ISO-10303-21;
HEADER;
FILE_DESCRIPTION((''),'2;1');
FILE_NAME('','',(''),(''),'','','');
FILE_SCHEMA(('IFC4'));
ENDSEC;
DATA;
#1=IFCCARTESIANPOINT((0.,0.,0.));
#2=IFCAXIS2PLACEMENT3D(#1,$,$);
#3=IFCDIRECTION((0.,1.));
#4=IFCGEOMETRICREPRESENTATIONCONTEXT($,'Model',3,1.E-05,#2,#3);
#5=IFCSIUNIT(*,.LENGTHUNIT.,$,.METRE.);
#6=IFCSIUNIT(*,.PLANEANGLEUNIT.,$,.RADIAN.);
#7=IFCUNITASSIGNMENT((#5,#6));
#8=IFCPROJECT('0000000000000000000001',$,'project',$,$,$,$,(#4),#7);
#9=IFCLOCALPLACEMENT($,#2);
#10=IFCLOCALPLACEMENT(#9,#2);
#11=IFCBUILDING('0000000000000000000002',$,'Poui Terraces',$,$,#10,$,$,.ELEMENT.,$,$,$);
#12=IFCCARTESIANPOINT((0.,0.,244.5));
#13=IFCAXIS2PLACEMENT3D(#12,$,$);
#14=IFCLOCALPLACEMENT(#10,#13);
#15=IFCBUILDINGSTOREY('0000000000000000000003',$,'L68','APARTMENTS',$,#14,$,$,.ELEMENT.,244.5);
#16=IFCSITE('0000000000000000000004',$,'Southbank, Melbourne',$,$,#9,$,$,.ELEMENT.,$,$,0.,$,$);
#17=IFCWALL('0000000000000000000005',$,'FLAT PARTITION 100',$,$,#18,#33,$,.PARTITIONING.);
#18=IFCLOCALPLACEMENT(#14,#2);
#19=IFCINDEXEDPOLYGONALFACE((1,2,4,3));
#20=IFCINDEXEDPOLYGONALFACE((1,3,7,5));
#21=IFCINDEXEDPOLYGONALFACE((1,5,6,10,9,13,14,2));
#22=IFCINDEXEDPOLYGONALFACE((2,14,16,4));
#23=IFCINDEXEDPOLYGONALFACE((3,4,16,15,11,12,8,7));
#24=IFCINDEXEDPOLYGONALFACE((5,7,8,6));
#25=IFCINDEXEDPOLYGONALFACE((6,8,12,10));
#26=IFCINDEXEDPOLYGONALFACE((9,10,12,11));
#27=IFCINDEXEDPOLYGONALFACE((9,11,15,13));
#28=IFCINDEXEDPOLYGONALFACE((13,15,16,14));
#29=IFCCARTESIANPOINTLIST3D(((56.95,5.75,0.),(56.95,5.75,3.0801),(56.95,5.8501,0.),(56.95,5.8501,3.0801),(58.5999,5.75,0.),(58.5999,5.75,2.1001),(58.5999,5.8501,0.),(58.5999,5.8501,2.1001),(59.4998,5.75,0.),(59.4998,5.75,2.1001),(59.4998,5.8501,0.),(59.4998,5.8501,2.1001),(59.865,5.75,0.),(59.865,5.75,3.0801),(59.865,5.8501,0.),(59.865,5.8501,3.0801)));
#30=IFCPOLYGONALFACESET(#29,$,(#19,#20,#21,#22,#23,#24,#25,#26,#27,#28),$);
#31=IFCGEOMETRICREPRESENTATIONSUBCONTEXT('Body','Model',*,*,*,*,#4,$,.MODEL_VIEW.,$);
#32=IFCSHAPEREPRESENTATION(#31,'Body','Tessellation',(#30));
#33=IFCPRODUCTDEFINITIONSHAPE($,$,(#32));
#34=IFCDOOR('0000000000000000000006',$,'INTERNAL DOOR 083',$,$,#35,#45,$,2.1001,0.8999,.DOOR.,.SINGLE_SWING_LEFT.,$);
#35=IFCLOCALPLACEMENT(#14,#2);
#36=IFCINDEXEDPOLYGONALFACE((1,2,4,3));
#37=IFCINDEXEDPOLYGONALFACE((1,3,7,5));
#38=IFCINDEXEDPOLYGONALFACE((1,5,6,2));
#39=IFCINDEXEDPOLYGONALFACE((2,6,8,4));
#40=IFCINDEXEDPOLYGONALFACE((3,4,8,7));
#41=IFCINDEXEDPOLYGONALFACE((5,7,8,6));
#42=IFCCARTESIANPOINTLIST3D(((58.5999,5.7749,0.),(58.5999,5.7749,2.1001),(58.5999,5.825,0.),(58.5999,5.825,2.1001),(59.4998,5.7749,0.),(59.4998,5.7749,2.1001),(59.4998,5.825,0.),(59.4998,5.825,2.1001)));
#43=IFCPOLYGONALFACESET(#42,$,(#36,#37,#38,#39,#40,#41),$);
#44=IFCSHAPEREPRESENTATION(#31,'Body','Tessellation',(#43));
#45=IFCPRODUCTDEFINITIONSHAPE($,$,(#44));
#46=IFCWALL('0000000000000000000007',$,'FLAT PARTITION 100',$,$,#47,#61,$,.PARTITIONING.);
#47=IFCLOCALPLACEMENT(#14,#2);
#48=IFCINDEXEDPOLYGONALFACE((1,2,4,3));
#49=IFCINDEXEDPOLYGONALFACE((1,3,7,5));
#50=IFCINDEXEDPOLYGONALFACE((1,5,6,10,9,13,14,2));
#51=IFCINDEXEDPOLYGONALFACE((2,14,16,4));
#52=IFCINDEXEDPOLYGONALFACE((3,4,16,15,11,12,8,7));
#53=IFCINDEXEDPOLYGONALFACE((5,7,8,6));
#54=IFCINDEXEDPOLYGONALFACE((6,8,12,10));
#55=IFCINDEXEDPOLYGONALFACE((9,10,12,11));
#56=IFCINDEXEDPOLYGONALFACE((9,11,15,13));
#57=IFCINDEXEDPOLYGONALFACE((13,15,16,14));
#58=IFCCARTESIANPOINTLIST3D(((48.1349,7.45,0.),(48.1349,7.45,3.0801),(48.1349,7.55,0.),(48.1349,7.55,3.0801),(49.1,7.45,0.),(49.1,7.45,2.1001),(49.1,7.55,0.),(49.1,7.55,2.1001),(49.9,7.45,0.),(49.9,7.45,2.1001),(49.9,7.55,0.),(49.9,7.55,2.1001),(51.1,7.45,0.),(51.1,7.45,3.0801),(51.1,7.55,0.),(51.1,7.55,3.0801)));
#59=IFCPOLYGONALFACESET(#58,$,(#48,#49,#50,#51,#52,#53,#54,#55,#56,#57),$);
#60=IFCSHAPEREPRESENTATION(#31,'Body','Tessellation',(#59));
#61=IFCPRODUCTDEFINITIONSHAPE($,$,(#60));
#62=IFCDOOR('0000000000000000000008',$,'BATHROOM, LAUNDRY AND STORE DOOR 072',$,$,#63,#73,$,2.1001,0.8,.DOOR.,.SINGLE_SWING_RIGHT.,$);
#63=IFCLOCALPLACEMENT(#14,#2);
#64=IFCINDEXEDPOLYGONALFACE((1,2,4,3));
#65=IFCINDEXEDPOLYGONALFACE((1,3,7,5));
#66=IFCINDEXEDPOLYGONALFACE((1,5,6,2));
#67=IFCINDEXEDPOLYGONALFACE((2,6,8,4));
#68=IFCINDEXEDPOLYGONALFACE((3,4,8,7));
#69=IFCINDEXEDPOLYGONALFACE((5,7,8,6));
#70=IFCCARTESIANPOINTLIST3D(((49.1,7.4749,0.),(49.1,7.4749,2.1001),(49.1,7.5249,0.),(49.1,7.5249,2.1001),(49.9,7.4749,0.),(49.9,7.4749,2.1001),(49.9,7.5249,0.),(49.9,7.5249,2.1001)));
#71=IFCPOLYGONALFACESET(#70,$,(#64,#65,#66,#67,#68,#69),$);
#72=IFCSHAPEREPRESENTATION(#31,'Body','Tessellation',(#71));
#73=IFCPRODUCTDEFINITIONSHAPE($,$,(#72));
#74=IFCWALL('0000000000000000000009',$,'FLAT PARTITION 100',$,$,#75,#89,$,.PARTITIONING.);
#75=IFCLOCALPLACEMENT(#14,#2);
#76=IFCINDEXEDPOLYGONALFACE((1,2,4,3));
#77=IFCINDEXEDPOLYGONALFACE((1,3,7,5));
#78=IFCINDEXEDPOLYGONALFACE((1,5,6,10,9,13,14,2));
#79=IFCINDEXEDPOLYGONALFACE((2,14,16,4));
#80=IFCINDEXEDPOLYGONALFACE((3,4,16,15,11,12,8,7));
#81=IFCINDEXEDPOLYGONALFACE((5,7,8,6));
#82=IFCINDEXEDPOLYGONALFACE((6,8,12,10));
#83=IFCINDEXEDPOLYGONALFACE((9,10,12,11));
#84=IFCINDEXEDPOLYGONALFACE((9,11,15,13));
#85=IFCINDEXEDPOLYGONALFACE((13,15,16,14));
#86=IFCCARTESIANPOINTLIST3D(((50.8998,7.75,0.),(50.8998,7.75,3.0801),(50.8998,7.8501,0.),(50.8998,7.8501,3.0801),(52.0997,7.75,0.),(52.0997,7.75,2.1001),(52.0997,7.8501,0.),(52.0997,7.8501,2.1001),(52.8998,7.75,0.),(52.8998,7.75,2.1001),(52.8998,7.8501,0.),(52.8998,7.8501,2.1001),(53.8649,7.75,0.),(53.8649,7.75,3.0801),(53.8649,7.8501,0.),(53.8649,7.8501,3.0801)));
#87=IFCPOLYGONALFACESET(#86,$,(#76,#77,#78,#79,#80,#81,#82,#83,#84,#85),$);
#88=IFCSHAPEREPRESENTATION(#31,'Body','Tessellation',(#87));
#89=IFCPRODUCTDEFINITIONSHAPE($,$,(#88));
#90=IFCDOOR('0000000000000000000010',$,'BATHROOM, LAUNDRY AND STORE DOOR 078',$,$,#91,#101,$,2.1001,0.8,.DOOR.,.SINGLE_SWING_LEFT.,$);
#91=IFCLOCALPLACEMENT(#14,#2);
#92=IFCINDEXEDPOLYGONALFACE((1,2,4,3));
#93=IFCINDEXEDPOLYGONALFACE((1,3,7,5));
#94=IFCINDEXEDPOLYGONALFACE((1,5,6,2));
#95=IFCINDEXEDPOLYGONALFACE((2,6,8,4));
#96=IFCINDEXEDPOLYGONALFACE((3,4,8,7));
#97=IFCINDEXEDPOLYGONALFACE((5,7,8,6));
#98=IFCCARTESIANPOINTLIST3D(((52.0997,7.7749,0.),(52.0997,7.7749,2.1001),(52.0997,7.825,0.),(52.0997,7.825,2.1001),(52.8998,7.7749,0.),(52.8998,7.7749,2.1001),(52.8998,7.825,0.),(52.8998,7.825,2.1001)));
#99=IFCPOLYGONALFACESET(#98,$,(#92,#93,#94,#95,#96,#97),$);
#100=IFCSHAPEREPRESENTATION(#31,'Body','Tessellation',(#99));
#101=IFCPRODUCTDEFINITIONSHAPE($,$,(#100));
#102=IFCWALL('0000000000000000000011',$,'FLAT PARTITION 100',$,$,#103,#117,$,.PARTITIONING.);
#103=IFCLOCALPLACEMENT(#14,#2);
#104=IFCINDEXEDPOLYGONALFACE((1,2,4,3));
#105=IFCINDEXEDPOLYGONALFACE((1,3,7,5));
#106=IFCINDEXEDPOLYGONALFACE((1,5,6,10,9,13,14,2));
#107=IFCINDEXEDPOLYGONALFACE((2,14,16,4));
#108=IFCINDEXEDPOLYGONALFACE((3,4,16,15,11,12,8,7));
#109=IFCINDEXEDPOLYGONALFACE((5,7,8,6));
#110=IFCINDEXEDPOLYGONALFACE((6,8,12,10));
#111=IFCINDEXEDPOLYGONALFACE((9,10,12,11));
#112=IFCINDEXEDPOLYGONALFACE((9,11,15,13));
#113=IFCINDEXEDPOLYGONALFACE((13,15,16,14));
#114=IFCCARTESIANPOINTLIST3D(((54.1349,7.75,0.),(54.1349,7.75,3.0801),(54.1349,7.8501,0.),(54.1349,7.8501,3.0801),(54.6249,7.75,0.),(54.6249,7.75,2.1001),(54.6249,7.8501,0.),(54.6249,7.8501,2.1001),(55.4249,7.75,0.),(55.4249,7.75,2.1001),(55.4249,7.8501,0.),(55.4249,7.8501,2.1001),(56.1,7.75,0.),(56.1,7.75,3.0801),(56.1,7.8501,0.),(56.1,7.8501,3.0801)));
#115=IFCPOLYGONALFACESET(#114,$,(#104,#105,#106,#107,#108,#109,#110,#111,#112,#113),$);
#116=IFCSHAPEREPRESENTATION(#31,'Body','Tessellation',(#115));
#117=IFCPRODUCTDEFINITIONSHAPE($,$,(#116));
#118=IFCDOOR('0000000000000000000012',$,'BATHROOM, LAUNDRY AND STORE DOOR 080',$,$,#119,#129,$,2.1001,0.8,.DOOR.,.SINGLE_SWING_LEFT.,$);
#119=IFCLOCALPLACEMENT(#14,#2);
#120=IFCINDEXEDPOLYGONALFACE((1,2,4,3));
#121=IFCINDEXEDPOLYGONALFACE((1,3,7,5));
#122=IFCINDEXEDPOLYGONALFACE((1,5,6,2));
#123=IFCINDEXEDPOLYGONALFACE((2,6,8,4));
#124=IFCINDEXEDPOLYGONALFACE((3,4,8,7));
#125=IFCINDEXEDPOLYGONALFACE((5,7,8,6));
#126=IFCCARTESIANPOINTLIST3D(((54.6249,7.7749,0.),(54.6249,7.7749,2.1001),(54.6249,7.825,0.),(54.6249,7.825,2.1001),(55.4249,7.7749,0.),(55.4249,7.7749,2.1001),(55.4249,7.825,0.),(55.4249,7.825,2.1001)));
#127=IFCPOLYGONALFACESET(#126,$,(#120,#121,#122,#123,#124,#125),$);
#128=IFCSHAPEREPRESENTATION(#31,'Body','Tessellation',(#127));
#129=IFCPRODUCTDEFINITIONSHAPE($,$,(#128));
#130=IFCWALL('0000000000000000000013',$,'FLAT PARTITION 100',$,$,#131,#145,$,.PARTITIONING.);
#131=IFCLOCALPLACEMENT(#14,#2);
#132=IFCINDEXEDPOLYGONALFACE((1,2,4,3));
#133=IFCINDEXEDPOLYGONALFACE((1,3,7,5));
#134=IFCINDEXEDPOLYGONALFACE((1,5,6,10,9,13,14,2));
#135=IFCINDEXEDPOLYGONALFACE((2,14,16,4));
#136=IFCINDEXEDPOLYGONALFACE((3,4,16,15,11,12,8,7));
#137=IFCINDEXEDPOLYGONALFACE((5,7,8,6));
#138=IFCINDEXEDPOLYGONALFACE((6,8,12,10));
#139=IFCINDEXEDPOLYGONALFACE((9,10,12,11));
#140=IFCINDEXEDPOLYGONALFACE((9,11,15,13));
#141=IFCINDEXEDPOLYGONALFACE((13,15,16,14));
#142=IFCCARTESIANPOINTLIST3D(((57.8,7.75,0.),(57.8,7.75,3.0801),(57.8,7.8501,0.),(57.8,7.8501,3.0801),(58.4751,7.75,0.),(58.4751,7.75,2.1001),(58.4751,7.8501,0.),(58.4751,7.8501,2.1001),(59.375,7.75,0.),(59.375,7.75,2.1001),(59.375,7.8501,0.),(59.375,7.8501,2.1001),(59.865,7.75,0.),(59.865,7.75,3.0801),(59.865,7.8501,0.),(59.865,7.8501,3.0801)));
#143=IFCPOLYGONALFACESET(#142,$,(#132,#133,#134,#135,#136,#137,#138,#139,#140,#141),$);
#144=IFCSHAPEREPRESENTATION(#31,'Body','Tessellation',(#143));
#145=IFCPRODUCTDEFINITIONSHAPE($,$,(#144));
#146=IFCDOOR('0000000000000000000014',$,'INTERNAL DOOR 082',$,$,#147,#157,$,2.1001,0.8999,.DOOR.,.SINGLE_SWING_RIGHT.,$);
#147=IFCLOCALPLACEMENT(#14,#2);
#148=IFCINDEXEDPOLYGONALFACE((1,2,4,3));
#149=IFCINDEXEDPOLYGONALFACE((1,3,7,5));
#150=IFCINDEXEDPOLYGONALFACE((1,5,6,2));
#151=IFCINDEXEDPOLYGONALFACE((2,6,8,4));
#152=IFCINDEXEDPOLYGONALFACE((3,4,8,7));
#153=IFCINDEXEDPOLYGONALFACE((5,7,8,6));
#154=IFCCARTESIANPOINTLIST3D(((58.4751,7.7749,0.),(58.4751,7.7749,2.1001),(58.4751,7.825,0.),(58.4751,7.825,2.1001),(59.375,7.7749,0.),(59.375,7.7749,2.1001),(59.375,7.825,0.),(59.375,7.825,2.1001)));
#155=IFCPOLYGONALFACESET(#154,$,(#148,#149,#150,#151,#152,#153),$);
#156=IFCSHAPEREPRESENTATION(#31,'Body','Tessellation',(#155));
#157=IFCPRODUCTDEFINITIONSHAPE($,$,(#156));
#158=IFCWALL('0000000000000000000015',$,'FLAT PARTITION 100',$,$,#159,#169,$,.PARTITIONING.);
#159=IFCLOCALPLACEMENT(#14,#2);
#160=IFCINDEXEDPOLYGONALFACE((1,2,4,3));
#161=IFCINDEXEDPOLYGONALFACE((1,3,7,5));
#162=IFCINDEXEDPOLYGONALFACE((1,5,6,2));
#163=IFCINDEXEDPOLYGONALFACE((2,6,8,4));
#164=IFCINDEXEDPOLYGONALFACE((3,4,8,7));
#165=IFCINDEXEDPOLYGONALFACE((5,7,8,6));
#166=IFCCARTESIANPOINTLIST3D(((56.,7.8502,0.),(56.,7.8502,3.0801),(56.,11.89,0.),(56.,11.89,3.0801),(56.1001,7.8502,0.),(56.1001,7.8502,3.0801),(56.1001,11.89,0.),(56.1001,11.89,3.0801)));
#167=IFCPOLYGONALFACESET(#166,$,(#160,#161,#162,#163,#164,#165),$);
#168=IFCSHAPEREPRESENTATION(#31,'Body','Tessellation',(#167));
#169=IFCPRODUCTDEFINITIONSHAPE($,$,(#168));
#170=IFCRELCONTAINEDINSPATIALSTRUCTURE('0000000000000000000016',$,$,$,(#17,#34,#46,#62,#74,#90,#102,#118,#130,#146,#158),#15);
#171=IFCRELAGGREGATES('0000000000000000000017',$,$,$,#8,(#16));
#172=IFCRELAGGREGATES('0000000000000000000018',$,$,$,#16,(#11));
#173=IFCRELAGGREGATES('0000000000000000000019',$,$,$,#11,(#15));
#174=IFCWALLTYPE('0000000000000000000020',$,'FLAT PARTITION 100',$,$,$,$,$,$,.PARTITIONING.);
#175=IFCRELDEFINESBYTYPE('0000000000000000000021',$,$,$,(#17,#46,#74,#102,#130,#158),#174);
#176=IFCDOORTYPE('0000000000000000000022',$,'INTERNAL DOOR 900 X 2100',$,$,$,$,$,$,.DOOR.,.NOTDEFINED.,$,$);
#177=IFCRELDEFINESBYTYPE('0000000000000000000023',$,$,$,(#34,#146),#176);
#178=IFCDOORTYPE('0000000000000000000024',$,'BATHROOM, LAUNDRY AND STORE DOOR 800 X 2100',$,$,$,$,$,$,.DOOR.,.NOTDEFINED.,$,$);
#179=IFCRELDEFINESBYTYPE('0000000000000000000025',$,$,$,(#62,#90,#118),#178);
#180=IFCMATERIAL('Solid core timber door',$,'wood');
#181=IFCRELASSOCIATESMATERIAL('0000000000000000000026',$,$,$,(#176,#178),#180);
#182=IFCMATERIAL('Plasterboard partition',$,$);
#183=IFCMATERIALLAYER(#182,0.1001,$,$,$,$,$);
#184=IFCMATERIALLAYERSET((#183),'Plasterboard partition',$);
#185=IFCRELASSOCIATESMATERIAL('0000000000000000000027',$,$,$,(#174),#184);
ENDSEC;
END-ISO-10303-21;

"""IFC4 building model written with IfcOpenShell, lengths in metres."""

from ifc_helpers import new_model, si_unit, direction, frame, frame_2d, origin, place, context, subcontext, project, spatial, rectangle, extrude, material, layer, layer_set, type_object, element, fill, save


model = new_model("IFC4")

# Units and contexts
model_context = context("Model", 3, precision=1e-05, world=origin(), true_north=direction((0.0, 1.0)))
body_context = subcontext(model_context, "Body", "Model", "MODEL_VIEW")
ifc_project = project(units=[si_unit("LENGTHUNIT", "METRE"), si_unit("PLANEANGLEUNIT", "RADIAN")], contexts=[model_context])

# Site, building, storey
site_placement = place(None, origin())
site = spatial("IfcSite", under=ifc_project, at=site_placement, Name="Southbank, Melbourne", CompositionType="ELEMENT", RefElevation=0.0)
building_placement = place(site_placement, origin())
building = spatial("IfcBuilding", under=site, at=building_placement, Name="Poui Terraces", CompositionType="ELEMENT")
storey_placement = place(building_placement, frame((0.0, 0.0, 244.5)))
storey = spatial("IfcBuildingStorey", under=building, at=storey_placement, Name="L68", Description="APARTMENTS", CompositionType="ELEMENT", Elevation=244.5)

# Walls, openings, doors
ifc_material_1 = material(Name="Solid core timber door", Category="wood")
door_type_1 = type_object("IfcDoorType", Name="INTERNAL DOOR 900 X 2100", OperationType="NOTDEFINED", PredefinedType="DOOR", material=ifc_material_1)
ifc_material_2 = material(Name="Plasterboard partition")
ifc_layer_1 = layer(ifc_material_2, 0.1001)
ifc_layer_set_1 = layer_set([ifc_layer_1], Name="Plasterboard partition")
wall_type_1 = type_object("IfcWallType", Name="FLAT PARTITION 100", PredefinedType="PARTITIONING", material=ifc_layer_set_1)
wall_1_placement = place(storey_placement, frame((56.95, 5.8, 0.0), z_axis=(0.0, 0.0, 1.0), x_axis=(1.0, 0.0, 0.0)))
wall_1 = element("IfcWall", 1, at=wall_1_placement, inside=storey, type_object=wall_type_1, Name="FLAT PARTITION 100", PredefinedType="PARTITIONING", context=body_context, shape_type="SweptSolid", body=[
    extrude(rectangle(XDim=2.915, YDim=0.1001, at=frame_2d((1.4575, 0.0))), origin(), (0.0, 0.0, 1.0), 3.0801),
])
opening_1_placement = place(wall_1_placement, frame((1.6499, 0.0, 0.0)))
opening_1 = element("IfcOpeningElement", 2, at=opening_1_placement, cuts=wall_1, PredefinedType="OPENING", context=body_context, shape_type="SweptSolid", body=[
    extrude(rectangle(XDim=0.8999, YDim=2.1001, at=frame_2d((0.45, 1.05))), frame((0.0, 0.0601, 0.0), z_axis=(0.0, -1.0, 0.0), x_axis=(1.0, 0.0, 0.0)), (0.0, 0.0, 1.0), 0.1201),
])
door_1_placement = place(opening_1_placement, origin())
door_1 = element("IfcDoor", 3, at=door_1_placement, inside=storey, type_object=door_type_1, Name="INTERNAL DOOR 083", OperationType="SINGLE_SWING_LEFT", OverallHeight=2.1001, OverallWidth=0.8999, PredefinedType="DOOR", context=body_context, shape_type="SweptSolid", body=[
    extrude(rectangle(XDim=0.8999, YDim=2.1001, at=frame_2d((0.45, 1.05))), frame((0.0, 0.0249, 0.0), z_axis=(0.0, -1.0, 0.0), x_axis=(1.0, 0.0, 0.0)), (0.0, 0.0, 1.0), 0.05),
])
fill(opening_1, door_1)
wall_2_placement = place(storey_placement, frame((48.135, 7.5, 0.0), z_axis=(0.0, 0.0, 1.0), x_axis=(1.0, 0.0, 0.0)))
wall_2 = element("IfcWall", 4, at=wall_2_placement, inside=storey, type_object=wall_type_1, Name="FLAT PARTITION 100", PredefinedType="PARTITIONING", context=body_context, shape_type="SweptSolid", body=[
    extrude(rectangle(XDim=2.9651, YDim=0.1001, at=frame_2d((1.4824, 0.0))), origin(), (0.0, 0.0, 1.0), 3.0801),
])
opening_2_placement = place(wall_2_placement, frame((0.9651, 0.0, 0.0)))
opening_2 = element("IfcOpeningElement", 5, at=opening_2_placement, cuts=wall_2, PredefinedType="OPENING", context=body_context, shape_type="SweptSolid", body=[
    extrude(rectangle(XDim=0.8, YDim=2.1001, at=frame_2d((0.3999, 1.05))), frame((0.0, 0.0601, 0.0), z_axis=(0.0, -1.0, 0.0), x_axis=(1.0, 0.0, 0.0)), (0.0, 0.0, 1.0), 0.1201),
])
door_type_2 = type_object("IfcDoorType", Name="BATHROOM, LAUNDRY AND STORE DOOR 800 X 2100", OperationType="NOTDEFINED", PredefinedType="DOOR", material=ifc_material_1)
door_2_placement = place(opening_2_placement, origin())
door_2 = element("IfcDoor", 6, at=door_2_placement, inside=storey, type_object=door_type_2, Name="BATHROOM, LAUNDRY AND STORE DOOR 072", OperationType="SINGLE_SWING_RIGHT", OverallHeight=2.1001, OverallWidth=0.8, PredefinedType="DOOR", context=body_context, shape_type="SweptSolid", body=[
    extrude(rectangle(XDim=0.8, YDim=2.1001, at=frame_2d((0.3999, 1.05))), frame((0.0, 0.0249, 0.0), z_axis=(0.0, -1.0, 0.0), x_axis=(1.0, 0.0, 0.0)), (0.0, 0.0, 1.0), 0.05),
])
fill(opening_2, door_2)
wall_3_placement = place(storey_placement, frame((50.8999, 7.8, 0.0), z_axis=(0.0, 0.0, 1.0), x_axis=(1.0, 0.0, 0.0)))
wall_3 = element("IfcWall", 7, at=wall_3_placement, inside=storey, type_object=wall_type_1, Name="FLAT PARTITION 100", PredefinedType="PARTITIONING", context=body_context, shape_type="SweptSolid", body=[
    extrude(rectangle(XDim=2.9651, YDim=0.1001, at=frame_2d((1.4824, 0.0))), origin(), (0.0, 0.0, 1.0), 3.0801),
])
opening_3_placement = place(wall_3_placement, frame((1.2, 0.0, 0.0)))
opening_3 = element("IfcOpeningElement", 8, at=opening_3_placement, cuts=wall_3, PredefinedType="OPENING", context=body_context, shape_type="SweptSolid", body=[
    extrude(rectangle(XDim=0.8, YDim=2.1001, at=frame_2d((0.3999, 1.05))), frame((0.0, 0.0601, 0.0), z_axis=(0.0, -1.0, 0.0), x_axis=(1.0, 0.0, 0.0)), (0.0, 0.0, 1.0), 0.1201),
])
door_3_placement = place(opening_3_placement, origin())
door_3 = element("IfcDoor", 9, at=door_3_placement, inside=storey, type_object=door_type_2, Name="BATHROOM, LAUNDRY AND STORE DOOR 078", OperationType="SINGLE_SWING_LEFT", OverallHeight=2.1001, OverallWidth=0.8, PredefinedType="DOOR", context=body_context, shape_type="SweptSolid", body=[
    extrude(rectangle(XDim=0.8, YDim=2.1001, at=frame_2d((0.3999, 1.05))), frame((0.0, 0.0249, 0.0), z_axis=(0.0, -1.0, 0.0), x_axis=(1.0, 0.0, 0.0)), (0.0, 0.0, 1.0), 0.05),
])
fill(opening_3, door_3)
wall_4_placement = place(storey_placement, frame((54.135, 7.8, 0.0), z_axis=(0.0, 0.0, 1.0), x_axis=(1.0, 0.0, 0.0)))
wall_4 = element("IfcWall", 10, at=wall_4_placement, inside=storey, type_object=wall_type_1, Name="FLAT PARTITION 100", PredefinedType="PARTITIONING", context=body_context, shape_type="SweptSolid", body=[
    extrude(rectangle(XDim=1.9651, YDim=0.1001, at=frame_2d((0.9824, 0.0))), origin(), (0.0, 0.0, 1.0), 3.0801),
])
opening_4_placement = place(wall_4_placement, frame((0.49, 0.0, 0.0)))
opening_4 = element("IfcOpeningElement", 11, at=opening_4_placement, cuts=wall_4, PredefinedType="OPENING", context=body_context, shape_type="SweptSolid", body=[
    extrude(rectangle(XDim=0.8, YDim=2.1001, at=frame_2d((0.3999, 1.05))), frame((0.0, 0.0601, 0.0), z_axis=(0.0, -1.0, 0.0), x_axis=(1.0, 0.0, 0.0)), (0.0, 0.0, 1.0), 0.1201),
])
door_4_placement = place(opening_4_placement, origin())
door_4 = element("IfcDoor", 12, at=door_4_placement, inside=storey, type_object=door_type_2, Name="BATHROOM, LAUNDRY AND STORE DOOR 080", OperationType="SINGLE_SWING_LEFT", OverallHeight=2.1001, OverallWidth=0.8, PredefinedType="DOOR", context=body_context, shape_type="SweptSolid", body=[
    extrude(rectangle(XDim=0.8, YDim=2.1001, at=frame_2d((0.3999, 1.05))), frame((0.0, 0.0249, 0.0), z_axis=(0.0, -1.0, 0.0), x_axis=(1.0, 0.0, 0.0)), (0.0, 0.0, 1.0), 0.05),
])
fill(opening_4, door_4)
wall_5_placement = place(storey_placement, frame((57.8, 7.8, 0.0), z_axis=(0.0, 0.0, 1.0), x_axis=(1.0, 0.0, 0.0)))
wall_5 = element("IfcWall", 13, at=wall_5_placement, inside=storey, type_object=wall_type_1, Name="FLAT PARTITION 100", PredefinedType="PARTITIONING", context=body_context, shape_type="SweptSolid", body=[
    extrude(rectangle(XDim=2.0649, YDim=0.1001, at=frame_2d((1.0325, 0.0))), origin(), (0.0, 0.0, 1.0), 3.0801),
])
opening_5_placement = place(wall_5_placement, frame((0.675, 0.0, 0.0)))
opening_5 = element("IfcOpeningElement", 14, at=opening_5_placement, cuts=wall_5, PredefinedType="OPENING", context=body_context, shape_type="SweptSolid", body=[
    extrude(rectangle(XDim=0.8999, YDim=2.1001, at=frame_2d((0.45, 1.05))), frame((0.0, 0.0601, 0.0), z_axis=(0.0, -1.0, 0.0), x_axis=(1.0, 0.0, 0.0)), (0.0, 0.0, 1.0), 0.1201),
])
door_5_placement = place(opening_5_placement, origin())
door_5 = element("IfcDoor", 15, at=door_5_placement, inside=storey, type_object=door_type_1, Name="INTERNAL DOOR 082", OperationType="SINGLE_SWING_RIGHT", OverallHeight=2.1001, OverallWidth=0.8999, PredefinedType="DOOR", context=body_context, shape_type="SweptSolid", body=[
    extrude(rectangle(XDim=0.8999, YDim=2.1001, at=frame_2d((0.45, 1.05))), frame((0.0, 0.0249, 0.0), z_axis=(0.0, -1.0, 0.0), x_axis=(1.0, 0.0, 0.0)), (0.0, 0.0, 1.0), 0.05),
])
fill(opening_5, door_5)

# Wall
wall_6_placement = place(storey_placement, frame((56.05, 7.8501, 0.0), z_axis=(0.0, 0.0, 1.0), x_axis=(0.0, 1.0, 0.0)))
element("IfcWall", 16, at=wall_6_placement, inside=storey, type_object=wall_type_1, Name="FLAT PARTITION 100", PredefinedType="PARTITIONING", context=body_context, shape_type="SweptSolid", body=[
    extrude(rectangle(XDim=4.0398, YDim=0.1001, at=frame_2d((2.02, 0.0))), origin(), (0.0, 0.0, 1.0), 3.0801),
])

save(model, "model.ifc")
